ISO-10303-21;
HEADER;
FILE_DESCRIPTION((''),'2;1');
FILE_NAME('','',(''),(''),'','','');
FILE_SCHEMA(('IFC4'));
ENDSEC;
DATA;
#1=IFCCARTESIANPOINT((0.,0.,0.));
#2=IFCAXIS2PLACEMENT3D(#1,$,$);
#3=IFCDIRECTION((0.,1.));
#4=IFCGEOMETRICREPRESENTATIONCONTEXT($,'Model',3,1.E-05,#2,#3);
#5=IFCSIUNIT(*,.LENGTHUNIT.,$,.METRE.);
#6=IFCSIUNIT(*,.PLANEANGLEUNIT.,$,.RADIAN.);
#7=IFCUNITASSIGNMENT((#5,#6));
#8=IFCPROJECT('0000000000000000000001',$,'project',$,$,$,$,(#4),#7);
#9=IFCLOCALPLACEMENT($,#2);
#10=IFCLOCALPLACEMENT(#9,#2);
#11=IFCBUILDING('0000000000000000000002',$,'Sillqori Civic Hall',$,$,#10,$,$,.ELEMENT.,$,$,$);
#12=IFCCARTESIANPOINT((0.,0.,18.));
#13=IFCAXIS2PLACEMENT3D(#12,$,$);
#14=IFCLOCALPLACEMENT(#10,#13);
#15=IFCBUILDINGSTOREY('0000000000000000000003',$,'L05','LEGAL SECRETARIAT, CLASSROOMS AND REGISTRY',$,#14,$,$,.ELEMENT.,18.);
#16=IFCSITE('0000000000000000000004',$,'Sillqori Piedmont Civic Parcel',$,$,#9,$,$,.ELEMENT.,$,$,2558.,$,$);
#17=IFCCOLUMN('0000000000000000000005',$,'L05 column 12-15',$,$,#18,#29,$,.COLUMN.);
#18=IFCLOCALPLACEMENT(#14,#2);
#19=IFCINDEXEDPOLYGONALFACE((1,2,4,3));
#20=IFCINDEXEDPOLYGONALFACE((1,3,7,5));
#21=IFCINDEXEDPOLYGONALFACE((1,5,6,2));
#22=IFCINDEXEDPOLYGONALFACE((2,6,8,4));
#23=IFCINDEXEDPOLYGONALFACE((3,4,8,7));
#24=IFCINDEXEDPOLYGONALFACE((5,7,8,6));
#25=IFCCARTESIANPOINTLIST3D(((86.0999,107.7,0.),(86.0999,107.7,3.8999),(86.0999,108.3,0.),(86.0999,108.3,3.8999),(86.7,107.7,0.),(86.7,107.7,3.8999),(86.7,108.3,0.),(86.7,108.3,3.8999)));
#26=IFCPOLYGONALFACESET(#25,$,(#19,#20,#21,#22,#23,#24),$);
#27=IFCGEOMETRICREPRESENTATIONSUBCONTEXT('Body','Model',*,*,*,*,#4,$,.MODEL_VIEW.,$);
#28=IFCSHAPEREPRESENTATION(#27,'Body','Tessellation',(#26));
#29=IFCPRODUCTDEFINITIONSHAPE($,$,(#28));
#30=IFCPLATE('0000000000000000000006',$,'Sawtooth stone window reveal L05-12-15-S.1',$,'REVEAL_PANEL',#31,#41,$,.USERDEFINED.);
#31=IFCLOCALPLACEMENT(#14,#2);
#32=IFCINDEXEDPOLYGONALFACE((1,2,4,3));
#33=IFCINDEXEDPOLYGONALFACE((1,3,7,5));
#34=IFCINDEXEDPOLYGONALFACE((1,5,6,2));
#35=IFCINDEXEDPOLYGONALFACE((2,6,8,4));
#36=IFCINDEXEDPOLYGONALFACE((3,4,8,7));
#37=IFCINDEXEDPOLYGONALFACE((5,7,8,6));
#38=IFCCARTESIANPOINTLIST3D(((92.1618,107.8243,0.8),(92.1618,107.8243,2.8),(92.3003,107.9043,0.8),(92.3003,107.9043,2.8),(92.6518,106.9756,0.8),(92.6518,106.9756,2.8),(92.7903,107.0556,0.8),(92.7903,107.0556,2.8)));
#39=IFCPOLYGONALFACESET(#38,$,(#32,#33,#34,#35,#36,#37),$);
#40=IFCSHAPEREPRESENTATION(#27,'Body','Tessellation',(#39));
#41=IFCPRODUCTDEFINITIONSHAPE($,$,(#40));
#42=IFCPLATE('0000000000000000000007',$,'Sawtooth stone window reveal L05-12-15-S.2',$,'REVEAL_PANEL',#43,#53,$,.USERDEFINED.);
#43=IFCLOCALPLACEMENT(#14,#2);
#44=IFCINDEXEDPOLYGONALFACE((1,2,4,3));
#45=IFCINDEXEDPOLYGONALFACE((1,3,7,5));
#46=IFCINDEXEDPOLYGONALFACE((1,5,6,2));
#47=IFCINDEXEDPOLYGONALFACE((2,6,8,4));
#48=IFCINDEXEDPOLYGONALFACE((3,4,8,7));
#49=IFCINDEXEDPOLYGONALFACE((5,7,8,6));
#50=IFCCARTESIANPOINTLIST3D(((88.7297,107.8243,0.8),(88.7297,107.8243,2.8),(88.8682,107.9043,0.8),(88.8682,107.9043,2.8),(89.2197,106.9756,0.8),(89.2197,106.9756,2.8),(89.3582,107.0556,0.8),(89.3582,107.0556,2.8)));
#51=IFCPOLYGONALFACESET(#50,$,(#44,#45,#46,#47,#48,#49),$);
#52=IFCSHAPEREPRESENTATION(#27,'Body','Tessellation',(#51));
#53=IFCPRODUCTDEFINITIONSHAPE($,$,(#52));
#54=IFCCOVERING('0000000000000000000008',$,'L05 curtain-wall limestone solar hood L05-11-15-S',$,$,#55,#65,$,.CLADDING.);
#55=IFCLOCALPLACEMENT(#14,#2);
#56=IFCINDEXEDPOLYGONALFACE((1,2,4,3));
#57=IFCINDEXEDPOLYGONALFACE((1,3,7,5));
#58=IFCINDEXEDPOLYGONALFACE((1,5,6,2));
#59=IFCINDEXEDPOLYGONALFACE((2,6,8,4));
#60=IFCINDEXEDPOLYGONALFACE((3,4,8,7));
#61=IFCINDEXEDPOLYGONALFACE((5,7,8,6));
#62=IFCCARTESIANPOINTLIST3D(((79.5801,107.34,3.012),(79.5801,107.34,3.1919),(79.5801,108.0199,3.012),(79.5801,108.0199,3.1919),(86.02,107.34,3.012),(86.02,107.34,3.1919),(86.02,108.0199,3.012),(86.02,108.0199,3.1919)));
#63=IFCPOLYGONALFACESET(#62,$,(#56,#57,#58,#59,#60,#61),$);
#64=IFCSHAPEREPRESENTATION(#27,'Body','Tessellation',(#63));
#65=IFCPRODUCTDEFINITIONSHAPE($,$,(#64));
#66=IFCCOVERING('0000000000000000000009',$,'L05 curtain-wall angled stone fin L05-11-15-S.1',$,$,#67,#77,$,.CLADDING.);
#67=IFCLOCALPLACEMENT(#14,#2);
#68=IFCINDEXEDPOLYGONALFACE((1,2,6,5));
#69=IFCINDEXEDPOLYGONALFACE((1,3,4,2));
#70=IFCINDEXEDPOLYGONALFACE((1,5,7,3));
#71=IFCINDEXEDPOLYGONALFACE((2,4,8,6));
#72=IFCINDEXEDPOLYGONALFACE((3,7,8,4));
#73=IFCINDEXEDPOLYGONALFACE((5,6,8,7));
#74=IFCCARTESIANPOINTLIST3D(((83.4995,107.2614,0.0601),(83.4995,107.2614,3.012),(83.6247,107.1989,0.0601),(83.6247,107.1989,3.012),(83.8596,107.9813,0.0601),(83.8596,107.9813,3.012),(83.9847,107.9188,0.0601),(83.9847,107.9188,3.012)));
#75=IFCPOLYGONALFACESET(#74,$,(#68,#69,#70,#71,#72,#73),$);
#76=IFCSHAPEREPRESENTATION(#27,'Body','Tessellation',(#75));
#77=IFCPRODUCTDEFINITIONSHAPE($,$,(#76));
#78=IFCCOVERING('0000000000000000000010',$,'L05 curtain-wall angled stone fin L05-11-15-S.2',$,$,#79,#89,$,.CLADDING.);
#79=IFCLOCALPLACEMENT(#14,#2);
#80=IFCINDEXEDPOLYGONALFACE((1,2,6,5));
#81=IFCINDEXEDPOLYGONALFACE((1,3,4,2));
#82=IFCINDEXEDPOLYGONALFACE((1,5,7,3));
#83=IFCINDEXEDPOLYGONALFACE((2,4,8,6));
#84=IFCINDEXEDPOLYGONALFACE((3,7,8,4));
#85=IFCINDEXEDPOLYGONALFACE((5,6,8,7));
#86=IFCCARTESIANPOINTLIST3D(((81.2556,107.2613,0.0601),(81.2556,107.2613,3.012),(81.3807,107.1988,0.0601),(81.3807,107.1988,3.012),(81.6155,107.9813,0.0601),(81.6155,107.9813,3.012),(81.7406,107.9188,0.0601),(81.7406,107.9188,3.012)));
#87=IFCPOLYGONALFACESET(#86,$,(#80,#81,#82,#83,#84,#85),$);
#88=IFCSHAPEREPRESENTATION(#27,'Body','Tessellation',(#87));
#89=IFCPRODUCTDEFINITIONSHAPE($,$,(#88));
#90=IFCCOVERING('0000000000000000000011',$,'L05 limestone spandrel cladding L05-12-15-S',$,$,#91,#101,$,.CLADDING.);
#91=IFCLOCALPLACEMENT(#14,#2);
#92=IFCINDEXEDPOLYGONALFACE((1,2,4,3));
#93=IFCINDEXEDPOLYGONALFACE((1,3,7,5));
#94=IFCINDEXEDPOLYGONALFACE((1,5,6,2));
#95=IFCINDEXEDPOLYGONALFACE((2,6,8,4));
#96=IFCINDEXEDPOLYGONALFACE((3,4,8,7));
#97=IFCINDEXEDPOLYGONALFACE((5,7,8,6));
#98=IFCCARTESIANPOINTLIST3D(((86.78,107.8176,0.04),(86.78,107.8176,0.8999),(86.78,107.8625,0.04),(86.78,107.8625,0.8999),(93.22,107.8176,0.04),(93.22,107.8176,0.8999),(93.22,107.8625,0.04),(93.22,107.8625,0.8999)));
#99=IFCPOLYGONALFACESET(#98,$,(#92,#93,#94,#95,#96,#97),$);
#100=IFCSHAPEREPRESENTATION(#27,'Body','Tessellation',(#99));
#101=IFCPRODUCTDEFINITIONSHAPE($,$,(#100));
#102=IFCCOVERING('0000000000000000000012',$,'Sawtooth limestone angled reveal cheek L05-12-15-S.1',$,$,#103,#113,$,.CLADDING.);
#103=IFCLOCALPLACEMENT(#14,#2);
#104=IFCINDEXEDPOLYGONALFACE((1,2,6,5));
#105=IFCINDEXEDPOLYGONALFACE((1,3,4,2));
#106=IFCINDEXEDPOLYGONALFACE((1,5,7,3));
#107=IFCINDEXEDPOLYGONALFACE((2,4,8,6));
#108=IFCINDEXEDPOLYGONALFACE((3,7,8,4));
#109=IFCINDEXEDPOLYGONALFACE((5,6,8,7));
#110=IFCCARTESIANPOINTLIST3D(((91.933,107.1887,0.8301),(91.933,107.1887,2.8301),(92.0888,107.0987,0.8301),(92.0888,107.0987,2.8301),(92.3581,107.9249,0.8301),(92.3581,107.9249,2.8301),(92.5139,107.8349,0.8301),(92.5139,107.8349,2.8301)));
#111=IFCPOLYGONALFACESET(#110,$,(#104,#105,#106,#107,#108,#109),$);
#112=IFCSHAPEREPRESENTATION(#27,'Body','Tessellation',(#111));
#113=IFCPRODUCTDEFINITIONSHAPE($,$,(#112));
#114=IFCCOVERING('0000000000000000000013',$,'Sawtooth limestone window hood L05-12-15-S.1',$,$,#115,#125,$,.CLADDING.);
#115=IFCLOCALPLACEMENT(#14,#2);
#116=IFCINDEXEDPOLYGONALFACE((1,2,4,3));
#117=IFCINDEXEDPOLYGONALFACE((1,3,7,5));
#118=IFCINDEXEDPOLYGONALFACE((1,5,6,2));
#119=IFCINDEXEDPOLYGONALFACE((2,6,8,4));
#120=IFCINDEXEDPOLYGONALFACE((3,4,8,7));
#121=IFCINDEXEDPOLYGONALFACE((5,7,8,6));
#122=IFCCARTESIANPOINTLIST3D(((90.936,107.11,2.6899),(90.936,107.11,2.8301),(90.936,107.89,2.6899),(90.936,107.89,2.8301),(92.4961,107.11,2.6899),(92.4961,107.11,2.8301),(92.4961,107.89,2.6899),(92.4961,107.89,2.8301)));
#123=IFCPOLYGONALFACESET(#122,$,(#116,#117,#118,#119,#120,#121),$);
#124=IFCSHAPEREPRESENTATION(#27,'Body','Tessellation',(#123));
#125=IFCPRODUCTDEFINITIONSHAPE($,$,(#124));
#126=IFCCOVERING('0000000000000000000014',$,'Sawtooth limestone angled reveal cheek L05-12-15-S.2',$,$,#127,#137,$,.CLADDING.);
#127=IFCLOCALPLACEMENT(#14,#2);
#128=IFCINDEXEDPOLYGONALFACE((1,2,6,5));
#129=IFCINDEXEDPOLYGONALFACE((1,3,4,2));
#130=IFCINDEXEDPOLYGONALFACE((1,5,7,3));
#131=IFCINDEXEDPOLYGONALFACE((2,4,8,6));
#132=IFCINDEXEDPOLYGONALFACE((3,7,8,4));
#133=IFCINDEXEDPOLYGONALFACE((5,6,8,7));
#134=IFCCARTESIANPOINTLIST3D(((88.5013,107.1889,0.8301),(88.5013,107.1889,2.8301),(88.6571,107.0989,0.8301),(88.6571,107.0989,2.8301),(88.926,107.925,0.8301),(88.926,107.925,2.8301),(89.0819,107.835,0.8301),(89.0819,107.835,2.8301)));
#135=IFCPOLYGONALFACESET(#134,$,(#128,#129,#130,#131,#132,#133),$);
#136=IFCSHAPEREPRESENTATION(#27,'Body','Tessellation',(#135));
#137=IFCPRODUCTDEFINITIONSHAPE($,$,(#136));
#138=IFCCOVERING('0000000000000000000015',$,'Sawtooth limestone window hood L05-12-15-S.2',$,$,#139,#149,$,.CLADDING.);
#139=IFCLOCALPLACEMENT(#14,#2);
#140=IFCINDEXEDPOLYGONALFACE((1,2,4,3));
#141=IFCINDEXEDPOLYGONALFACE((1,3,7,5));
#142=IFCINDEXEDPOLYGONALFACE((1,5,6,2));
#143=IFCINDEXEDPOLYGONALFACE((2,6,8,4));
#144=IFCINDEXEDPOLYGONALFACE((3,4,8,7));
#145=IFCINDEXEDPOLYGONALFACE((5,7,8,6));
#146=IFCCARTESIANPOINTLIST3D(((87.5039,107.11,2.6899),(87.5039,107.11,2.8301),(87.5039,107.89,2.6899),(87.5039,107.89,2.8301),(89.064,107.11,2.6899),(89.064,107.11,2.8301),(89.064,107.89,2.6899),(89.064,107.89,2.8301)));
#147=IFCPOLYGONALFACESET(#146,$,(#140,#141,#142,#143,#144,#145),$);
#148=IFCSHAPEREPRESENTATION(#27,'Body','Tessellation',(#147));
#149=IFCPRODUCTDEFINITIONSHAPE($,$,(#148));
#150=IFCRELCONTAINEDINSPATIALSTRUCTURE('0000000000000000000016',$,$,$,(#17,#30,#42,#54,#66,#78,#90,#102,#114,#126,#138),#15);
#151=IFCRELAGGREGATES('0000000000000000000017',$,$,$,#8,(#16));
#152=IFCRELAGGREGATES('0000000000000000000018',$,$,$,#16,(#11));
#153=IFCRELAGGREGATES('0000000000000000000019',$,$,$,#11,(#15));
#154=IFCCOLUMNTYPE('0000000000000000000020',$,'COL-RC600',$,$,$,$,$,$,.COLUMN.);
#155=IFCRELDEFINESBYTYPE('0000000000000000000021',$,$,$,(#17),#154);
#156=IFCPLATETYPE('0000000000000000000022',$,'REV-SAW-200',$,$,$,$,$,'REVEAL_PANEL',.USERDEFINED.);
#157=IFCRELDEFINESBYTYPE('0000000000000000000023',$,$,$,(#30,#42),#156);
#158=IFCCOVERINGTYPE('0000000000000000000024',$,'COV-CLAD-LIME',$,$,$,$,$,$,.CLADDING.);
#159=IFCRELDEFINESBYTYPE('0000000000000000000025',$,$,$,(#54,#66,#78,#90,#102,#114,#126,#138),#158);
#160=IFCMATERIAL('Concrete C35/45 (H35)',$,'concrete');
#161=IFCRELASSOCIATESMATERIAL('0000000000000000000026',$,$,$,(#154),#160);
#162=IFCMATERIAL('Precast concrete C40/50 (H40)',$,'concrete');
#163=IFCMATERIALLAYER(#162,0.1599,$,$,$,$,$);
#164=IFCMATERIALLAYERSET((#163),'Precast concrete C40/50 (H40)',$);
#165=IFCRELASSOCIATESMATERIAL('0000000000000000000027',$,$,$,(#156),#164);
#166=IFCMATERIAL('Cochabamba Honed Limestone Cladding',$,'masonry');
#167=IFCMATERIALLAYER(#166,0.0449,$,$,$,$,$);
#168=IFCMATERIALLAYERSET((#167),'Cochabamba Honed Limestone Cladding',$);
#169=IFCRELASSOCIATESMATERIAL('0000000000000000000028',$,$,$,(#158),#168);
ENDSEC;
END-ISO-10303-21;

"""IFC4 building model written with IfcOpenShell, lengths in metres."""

from ifc_helpers import new_model, si_unit, direction, frame, frame_2d, origin, origin_2d, place, context, subcontext, project, spatial, rectangle, extrude, material, layer, layer_set, material_profile, profile_set, type_object, element, save


model = new_model("IFC4")

# Units and contexts
model_context = context("Model", 3, precision=1e-05, world=origin(), true_north=direction((0.0, 1.0)))
body_context = subcontext(model_context, "Body", "Model", "MODEL_VIEW")
ifc_project = project(units=[si_unit("LENGTHUNIT", "METRE"), si_unit("PLANEANGLEUNIT", "RADIAN")], contexts=[model_context])

# Site, building, storey
site_placement = place(None, origin())
site = spatial("IfcSite", under=ifc_project, at=site_placement, Name="Sillqori Piedmont Civic Parcel", CompositionType="ELEMENT", RefElevation=2558.0)
building_placement = place(site_placement, origin())
building = spatial("IfcBuilding", under=site, at=building_placement, Name="Sillqori Civic Hall", CompositionType="ELEMENT")
storey_placement = place(building_placement, frame((0.0, 0.0, 18.0)))
storey = spatial("IfcBuildingStorey", under=building, at=storey_placement, Name="L05", Description="LEGAL SECRETARIAT, CLASSROOMS AND REGISTRY", CompositionType="ELEMENT", Elevation=18.0)

# Column
ifc_material_1 = material(Name="Concrete C35/45 (H35)", Category="concrete")
ifc_material_profile_1 = material_profile(ifc_material_1, rectangle(XDim=0.6001, YDim=0.6001, at=origin_2d()), Name="RC 600x600")
ifc_profile_set_1 = profile_set([ifc_material_profile_1], Name="Concrete C35/45 (H35)")
column_type = type_object("IfcColumnType", Name="COL-RC600", PredefinedType="COLUMN", material=ifc_profile_set_1)
column_placement = place(storey_placement, frame((86.3999, 108.0, 0.0), z_axis=(0.0, 0.0, 1.0), x_axis=(1.0, 0.0, 0.0)))
element("IfcColumn", 1, at=column_placement, inside=storey, type_object=column_type, Name="L05 column 12-15", PredefinedType="COLUMN", context=body_context, shape_type="SweptSolid", body=[
    extrude(rectangle(XDim=0.6001, YDim=0.6001, at=origin_2d()), origin(), (0.0, 0.0, 1.0), 3.8999),
])

# Plates
ifc_material_2 = material(Name="Precast concrete C40/50 (H40)", Category="concrete")
ifc_layer_1 = layer(ifc_material_2, 0.1599)
ifc_layer_set_1 = layer_set([ifc_layer_1], Name="Precast concrete C40/50 (H40)")
plate_type_1 = type_object("IfcPlateType", Name="REV-SAW-200", ElementType="REVEAL_PANEL", PredefinedType="USERDEFINED", material=ifc_layer_set_1)
for number, where, z_axis, x_axis, name in (
    (2, (92.4761, 107.4399, 0.8), (0.0, 0.0, 1.0), (-0.866025, -0.5, 0.0), "Sawtooth stone window reveal L05-12-15-S.1"),
    (3, (89.0439, 107.4399, 0.8), (0.0, 0.0, 1.0), (-0.866025, -0.5, 0.0), "Sawtooth stone window reveal L05-12-15-S.2"),
):
    element("IfcPlate", number, at=place(storey_placement, frame(where, z_axis=z_axis, x_axis=x_axis)), inside=storey, type_object=plate_type_1, Name=name, ObjectType="REVEAL_PANEL", PredefinedType="USERDEFINED", context=body_context, shape_type="SweptSolid", body=[
        extrude(rectangle(XDim=0.1599, YDim=0.98, at=origin_2d()), origin(), (0.0, 0.0, 1.0), 2.0),
    ])

# Coverings
ifc_material_3 = material(Name="Cochabamba Honed Limestone Cladding", Category="masonry")
ifc_layer_2 = layer(ifc_material_3, 0.0449)
ifc_layer_set_2 = layer_set([ifc_layer_2], Name="Cochabamba Honed Limestone Cladding")
covering_type = type_object("IfcCoveringType", Name="COV-CLAD-LIME", PredefinedType="CLADDING", material=ifc_layer_set_2)
covering_1_placement = place(storey_placement, frame((86.02, 107.6799, 3.012), z_axis=(0.0, 0.0, 1.0), x_axis=(-1.0, 0.0, 0.0)))
element("IfcCovering", 4, at=covering_1_placement, inside=storey, type_object=covering_type, Name="L05 curtain-wall limestone solar hood L05-11-15-S", PredefinedType="CLADDING", context=body_context, shape_type="SweptSolid", body=[
    extrude(rectangle(XDim=6.4399, YDim=0.6799, at=frame_2d((3.22, 0.0))), origin(), (0.0, 0.0, 1.0), 0.1799),
])
for number, where, z_axis, x_axis, name in (
    (5, (83.9221, 107.95, 0.0601), (0.0, 0.0, 1.0), (-0.447335, -0.894367, 0.0), "L05 curtain-wall angled stone fin L05-11-15-S.1"),
    (6, (81.678, 107.95, 0.0601), (0.0, 0.0, 1.0), (-0.447092, -0.894488, 0.0), "L05 curtain-wall angled stone fin L05-11-15-S.2"),
):
    element("IfcCovering", number, at=place(storey_placement, frame(where, z_axis=z_axis, x_axis=x_axis)), inside=storey, type_object=covering_type, Name=name, PredefinedType="CLADDING", context=body_context, shape_type="SweptSolid", body=[
        extrude(rectangle(XDim=0.8049, YDim=0.1399, at=frame_2d((0.4023, 0.0))), origin(), (0.0, 0.0, 1.0), 2.9519),
    ])
covering_2_placement = place(storey_placement, frame((93.22, 107.8401, 0.04), z_axis=(0.0, 0.0, 1.0), x_axis=(-1.0, 0.0, 0.0)))
element("IfcCovering", 7, at=covering_2_placement, inside=storey, type_object=covering_type, Name="L05 limestone spandrel cladding L05-12-15-S", PredefinedType="CLADDING", context=body_context, shape_type="SweptSolid", body=[
    extrude(rectangle(XDim=6.4399, YDim=0.0449, at=frame_2d((3.22, 0.0))), origin(), (0.0, 0.0, 1.0), 0.8599),
])
covering_3_placement = place(storey_placement, frame((92.436, 107.8799, 0.8301), z_axis=(0.0, 0.0, 1.0), x_axis=(-0.500062, -0.865989, 0.0)))
element("IfcCovering", 8, at=covering_3_placement, inside=storey, type_object=covering_type, Name="Sawtooth limestone angled reveal cheek L05-12-15-S.1", PredefinedType="CLADDING", context=body_context, shape_type="SweptSolid", body=[
    extrude(rectangle(XDim=0.8501, YDim=0.1799, at=frame_2d((0.425, 0.0))), origin(), (0.0, 0.0, 1.0), 2.0),
])
covering_4_placement = place(storey_placement, frame((92.4961, 107.5, 2.6899), z_axis=(0.0, 0.0, 1.0), x_axis=(-1.0, 0.0, 0.0)))
element("IfcCovering", 9, at=covering_4_placement, inside=storey, type_object=covering_type, Name="Sawtooth limestone window hood L05-12-15-S.1", PredefinedType="CLADDING", context=body_context, shape_type="SweptSolid", body=[
    extrude(rectangle(XDim=1.5601, YDim=0.78, at=frame_2d((0.78, 0.0))), origin(), (0.0, 0.0, 1.0), 0.1401),
])
covering_5_placement = place(storey_placement, frame((89.0039, 107.8799, 0.8301), z_axis=(0.0, 0.0, 1.0), x_axis=(-0.499847, -0.866114, 0.0)))
element("IfcCovering", 10, at=covering_5_placement, inside=storey, type_object=covering_type, Name="Sawtooth limestone angled reveal cheek L05-12-15-S.2", PredefinedType="CLADDING", context=body_context, shape_type="SweptSolid", body=[
    extrude(rectangle(XDim=0.8499, YDim=0.1799, at=frame_2d((0.4248, 0.0))), origin(), (0.0, 0.0, 1.0), 2.0),
])
covering_6_placement = place(storey_placement, frame((89.064, 107.5, 2.6899), z_axis=(0.0, 0.0, 1.0), x_axis=(-1.0, 0.0, 0.0)))
element("IfcCovering", 11, at=covering_6_placement, inside=storey, type_object=covering_type, Name="Sawtooth limestone window hood L05-12-15-S.2", PredefinedType="CLADDING", context=body_context, shape_type="SweptSolid", body=[
    extrude(rectangle(XDim=1.5601, YDim=0.78, at=frame_2d((0.78, 0.0))), origin(), (0.0, 0.0, 1.0), 0.1401),
])

save(model, "model.ifc")
